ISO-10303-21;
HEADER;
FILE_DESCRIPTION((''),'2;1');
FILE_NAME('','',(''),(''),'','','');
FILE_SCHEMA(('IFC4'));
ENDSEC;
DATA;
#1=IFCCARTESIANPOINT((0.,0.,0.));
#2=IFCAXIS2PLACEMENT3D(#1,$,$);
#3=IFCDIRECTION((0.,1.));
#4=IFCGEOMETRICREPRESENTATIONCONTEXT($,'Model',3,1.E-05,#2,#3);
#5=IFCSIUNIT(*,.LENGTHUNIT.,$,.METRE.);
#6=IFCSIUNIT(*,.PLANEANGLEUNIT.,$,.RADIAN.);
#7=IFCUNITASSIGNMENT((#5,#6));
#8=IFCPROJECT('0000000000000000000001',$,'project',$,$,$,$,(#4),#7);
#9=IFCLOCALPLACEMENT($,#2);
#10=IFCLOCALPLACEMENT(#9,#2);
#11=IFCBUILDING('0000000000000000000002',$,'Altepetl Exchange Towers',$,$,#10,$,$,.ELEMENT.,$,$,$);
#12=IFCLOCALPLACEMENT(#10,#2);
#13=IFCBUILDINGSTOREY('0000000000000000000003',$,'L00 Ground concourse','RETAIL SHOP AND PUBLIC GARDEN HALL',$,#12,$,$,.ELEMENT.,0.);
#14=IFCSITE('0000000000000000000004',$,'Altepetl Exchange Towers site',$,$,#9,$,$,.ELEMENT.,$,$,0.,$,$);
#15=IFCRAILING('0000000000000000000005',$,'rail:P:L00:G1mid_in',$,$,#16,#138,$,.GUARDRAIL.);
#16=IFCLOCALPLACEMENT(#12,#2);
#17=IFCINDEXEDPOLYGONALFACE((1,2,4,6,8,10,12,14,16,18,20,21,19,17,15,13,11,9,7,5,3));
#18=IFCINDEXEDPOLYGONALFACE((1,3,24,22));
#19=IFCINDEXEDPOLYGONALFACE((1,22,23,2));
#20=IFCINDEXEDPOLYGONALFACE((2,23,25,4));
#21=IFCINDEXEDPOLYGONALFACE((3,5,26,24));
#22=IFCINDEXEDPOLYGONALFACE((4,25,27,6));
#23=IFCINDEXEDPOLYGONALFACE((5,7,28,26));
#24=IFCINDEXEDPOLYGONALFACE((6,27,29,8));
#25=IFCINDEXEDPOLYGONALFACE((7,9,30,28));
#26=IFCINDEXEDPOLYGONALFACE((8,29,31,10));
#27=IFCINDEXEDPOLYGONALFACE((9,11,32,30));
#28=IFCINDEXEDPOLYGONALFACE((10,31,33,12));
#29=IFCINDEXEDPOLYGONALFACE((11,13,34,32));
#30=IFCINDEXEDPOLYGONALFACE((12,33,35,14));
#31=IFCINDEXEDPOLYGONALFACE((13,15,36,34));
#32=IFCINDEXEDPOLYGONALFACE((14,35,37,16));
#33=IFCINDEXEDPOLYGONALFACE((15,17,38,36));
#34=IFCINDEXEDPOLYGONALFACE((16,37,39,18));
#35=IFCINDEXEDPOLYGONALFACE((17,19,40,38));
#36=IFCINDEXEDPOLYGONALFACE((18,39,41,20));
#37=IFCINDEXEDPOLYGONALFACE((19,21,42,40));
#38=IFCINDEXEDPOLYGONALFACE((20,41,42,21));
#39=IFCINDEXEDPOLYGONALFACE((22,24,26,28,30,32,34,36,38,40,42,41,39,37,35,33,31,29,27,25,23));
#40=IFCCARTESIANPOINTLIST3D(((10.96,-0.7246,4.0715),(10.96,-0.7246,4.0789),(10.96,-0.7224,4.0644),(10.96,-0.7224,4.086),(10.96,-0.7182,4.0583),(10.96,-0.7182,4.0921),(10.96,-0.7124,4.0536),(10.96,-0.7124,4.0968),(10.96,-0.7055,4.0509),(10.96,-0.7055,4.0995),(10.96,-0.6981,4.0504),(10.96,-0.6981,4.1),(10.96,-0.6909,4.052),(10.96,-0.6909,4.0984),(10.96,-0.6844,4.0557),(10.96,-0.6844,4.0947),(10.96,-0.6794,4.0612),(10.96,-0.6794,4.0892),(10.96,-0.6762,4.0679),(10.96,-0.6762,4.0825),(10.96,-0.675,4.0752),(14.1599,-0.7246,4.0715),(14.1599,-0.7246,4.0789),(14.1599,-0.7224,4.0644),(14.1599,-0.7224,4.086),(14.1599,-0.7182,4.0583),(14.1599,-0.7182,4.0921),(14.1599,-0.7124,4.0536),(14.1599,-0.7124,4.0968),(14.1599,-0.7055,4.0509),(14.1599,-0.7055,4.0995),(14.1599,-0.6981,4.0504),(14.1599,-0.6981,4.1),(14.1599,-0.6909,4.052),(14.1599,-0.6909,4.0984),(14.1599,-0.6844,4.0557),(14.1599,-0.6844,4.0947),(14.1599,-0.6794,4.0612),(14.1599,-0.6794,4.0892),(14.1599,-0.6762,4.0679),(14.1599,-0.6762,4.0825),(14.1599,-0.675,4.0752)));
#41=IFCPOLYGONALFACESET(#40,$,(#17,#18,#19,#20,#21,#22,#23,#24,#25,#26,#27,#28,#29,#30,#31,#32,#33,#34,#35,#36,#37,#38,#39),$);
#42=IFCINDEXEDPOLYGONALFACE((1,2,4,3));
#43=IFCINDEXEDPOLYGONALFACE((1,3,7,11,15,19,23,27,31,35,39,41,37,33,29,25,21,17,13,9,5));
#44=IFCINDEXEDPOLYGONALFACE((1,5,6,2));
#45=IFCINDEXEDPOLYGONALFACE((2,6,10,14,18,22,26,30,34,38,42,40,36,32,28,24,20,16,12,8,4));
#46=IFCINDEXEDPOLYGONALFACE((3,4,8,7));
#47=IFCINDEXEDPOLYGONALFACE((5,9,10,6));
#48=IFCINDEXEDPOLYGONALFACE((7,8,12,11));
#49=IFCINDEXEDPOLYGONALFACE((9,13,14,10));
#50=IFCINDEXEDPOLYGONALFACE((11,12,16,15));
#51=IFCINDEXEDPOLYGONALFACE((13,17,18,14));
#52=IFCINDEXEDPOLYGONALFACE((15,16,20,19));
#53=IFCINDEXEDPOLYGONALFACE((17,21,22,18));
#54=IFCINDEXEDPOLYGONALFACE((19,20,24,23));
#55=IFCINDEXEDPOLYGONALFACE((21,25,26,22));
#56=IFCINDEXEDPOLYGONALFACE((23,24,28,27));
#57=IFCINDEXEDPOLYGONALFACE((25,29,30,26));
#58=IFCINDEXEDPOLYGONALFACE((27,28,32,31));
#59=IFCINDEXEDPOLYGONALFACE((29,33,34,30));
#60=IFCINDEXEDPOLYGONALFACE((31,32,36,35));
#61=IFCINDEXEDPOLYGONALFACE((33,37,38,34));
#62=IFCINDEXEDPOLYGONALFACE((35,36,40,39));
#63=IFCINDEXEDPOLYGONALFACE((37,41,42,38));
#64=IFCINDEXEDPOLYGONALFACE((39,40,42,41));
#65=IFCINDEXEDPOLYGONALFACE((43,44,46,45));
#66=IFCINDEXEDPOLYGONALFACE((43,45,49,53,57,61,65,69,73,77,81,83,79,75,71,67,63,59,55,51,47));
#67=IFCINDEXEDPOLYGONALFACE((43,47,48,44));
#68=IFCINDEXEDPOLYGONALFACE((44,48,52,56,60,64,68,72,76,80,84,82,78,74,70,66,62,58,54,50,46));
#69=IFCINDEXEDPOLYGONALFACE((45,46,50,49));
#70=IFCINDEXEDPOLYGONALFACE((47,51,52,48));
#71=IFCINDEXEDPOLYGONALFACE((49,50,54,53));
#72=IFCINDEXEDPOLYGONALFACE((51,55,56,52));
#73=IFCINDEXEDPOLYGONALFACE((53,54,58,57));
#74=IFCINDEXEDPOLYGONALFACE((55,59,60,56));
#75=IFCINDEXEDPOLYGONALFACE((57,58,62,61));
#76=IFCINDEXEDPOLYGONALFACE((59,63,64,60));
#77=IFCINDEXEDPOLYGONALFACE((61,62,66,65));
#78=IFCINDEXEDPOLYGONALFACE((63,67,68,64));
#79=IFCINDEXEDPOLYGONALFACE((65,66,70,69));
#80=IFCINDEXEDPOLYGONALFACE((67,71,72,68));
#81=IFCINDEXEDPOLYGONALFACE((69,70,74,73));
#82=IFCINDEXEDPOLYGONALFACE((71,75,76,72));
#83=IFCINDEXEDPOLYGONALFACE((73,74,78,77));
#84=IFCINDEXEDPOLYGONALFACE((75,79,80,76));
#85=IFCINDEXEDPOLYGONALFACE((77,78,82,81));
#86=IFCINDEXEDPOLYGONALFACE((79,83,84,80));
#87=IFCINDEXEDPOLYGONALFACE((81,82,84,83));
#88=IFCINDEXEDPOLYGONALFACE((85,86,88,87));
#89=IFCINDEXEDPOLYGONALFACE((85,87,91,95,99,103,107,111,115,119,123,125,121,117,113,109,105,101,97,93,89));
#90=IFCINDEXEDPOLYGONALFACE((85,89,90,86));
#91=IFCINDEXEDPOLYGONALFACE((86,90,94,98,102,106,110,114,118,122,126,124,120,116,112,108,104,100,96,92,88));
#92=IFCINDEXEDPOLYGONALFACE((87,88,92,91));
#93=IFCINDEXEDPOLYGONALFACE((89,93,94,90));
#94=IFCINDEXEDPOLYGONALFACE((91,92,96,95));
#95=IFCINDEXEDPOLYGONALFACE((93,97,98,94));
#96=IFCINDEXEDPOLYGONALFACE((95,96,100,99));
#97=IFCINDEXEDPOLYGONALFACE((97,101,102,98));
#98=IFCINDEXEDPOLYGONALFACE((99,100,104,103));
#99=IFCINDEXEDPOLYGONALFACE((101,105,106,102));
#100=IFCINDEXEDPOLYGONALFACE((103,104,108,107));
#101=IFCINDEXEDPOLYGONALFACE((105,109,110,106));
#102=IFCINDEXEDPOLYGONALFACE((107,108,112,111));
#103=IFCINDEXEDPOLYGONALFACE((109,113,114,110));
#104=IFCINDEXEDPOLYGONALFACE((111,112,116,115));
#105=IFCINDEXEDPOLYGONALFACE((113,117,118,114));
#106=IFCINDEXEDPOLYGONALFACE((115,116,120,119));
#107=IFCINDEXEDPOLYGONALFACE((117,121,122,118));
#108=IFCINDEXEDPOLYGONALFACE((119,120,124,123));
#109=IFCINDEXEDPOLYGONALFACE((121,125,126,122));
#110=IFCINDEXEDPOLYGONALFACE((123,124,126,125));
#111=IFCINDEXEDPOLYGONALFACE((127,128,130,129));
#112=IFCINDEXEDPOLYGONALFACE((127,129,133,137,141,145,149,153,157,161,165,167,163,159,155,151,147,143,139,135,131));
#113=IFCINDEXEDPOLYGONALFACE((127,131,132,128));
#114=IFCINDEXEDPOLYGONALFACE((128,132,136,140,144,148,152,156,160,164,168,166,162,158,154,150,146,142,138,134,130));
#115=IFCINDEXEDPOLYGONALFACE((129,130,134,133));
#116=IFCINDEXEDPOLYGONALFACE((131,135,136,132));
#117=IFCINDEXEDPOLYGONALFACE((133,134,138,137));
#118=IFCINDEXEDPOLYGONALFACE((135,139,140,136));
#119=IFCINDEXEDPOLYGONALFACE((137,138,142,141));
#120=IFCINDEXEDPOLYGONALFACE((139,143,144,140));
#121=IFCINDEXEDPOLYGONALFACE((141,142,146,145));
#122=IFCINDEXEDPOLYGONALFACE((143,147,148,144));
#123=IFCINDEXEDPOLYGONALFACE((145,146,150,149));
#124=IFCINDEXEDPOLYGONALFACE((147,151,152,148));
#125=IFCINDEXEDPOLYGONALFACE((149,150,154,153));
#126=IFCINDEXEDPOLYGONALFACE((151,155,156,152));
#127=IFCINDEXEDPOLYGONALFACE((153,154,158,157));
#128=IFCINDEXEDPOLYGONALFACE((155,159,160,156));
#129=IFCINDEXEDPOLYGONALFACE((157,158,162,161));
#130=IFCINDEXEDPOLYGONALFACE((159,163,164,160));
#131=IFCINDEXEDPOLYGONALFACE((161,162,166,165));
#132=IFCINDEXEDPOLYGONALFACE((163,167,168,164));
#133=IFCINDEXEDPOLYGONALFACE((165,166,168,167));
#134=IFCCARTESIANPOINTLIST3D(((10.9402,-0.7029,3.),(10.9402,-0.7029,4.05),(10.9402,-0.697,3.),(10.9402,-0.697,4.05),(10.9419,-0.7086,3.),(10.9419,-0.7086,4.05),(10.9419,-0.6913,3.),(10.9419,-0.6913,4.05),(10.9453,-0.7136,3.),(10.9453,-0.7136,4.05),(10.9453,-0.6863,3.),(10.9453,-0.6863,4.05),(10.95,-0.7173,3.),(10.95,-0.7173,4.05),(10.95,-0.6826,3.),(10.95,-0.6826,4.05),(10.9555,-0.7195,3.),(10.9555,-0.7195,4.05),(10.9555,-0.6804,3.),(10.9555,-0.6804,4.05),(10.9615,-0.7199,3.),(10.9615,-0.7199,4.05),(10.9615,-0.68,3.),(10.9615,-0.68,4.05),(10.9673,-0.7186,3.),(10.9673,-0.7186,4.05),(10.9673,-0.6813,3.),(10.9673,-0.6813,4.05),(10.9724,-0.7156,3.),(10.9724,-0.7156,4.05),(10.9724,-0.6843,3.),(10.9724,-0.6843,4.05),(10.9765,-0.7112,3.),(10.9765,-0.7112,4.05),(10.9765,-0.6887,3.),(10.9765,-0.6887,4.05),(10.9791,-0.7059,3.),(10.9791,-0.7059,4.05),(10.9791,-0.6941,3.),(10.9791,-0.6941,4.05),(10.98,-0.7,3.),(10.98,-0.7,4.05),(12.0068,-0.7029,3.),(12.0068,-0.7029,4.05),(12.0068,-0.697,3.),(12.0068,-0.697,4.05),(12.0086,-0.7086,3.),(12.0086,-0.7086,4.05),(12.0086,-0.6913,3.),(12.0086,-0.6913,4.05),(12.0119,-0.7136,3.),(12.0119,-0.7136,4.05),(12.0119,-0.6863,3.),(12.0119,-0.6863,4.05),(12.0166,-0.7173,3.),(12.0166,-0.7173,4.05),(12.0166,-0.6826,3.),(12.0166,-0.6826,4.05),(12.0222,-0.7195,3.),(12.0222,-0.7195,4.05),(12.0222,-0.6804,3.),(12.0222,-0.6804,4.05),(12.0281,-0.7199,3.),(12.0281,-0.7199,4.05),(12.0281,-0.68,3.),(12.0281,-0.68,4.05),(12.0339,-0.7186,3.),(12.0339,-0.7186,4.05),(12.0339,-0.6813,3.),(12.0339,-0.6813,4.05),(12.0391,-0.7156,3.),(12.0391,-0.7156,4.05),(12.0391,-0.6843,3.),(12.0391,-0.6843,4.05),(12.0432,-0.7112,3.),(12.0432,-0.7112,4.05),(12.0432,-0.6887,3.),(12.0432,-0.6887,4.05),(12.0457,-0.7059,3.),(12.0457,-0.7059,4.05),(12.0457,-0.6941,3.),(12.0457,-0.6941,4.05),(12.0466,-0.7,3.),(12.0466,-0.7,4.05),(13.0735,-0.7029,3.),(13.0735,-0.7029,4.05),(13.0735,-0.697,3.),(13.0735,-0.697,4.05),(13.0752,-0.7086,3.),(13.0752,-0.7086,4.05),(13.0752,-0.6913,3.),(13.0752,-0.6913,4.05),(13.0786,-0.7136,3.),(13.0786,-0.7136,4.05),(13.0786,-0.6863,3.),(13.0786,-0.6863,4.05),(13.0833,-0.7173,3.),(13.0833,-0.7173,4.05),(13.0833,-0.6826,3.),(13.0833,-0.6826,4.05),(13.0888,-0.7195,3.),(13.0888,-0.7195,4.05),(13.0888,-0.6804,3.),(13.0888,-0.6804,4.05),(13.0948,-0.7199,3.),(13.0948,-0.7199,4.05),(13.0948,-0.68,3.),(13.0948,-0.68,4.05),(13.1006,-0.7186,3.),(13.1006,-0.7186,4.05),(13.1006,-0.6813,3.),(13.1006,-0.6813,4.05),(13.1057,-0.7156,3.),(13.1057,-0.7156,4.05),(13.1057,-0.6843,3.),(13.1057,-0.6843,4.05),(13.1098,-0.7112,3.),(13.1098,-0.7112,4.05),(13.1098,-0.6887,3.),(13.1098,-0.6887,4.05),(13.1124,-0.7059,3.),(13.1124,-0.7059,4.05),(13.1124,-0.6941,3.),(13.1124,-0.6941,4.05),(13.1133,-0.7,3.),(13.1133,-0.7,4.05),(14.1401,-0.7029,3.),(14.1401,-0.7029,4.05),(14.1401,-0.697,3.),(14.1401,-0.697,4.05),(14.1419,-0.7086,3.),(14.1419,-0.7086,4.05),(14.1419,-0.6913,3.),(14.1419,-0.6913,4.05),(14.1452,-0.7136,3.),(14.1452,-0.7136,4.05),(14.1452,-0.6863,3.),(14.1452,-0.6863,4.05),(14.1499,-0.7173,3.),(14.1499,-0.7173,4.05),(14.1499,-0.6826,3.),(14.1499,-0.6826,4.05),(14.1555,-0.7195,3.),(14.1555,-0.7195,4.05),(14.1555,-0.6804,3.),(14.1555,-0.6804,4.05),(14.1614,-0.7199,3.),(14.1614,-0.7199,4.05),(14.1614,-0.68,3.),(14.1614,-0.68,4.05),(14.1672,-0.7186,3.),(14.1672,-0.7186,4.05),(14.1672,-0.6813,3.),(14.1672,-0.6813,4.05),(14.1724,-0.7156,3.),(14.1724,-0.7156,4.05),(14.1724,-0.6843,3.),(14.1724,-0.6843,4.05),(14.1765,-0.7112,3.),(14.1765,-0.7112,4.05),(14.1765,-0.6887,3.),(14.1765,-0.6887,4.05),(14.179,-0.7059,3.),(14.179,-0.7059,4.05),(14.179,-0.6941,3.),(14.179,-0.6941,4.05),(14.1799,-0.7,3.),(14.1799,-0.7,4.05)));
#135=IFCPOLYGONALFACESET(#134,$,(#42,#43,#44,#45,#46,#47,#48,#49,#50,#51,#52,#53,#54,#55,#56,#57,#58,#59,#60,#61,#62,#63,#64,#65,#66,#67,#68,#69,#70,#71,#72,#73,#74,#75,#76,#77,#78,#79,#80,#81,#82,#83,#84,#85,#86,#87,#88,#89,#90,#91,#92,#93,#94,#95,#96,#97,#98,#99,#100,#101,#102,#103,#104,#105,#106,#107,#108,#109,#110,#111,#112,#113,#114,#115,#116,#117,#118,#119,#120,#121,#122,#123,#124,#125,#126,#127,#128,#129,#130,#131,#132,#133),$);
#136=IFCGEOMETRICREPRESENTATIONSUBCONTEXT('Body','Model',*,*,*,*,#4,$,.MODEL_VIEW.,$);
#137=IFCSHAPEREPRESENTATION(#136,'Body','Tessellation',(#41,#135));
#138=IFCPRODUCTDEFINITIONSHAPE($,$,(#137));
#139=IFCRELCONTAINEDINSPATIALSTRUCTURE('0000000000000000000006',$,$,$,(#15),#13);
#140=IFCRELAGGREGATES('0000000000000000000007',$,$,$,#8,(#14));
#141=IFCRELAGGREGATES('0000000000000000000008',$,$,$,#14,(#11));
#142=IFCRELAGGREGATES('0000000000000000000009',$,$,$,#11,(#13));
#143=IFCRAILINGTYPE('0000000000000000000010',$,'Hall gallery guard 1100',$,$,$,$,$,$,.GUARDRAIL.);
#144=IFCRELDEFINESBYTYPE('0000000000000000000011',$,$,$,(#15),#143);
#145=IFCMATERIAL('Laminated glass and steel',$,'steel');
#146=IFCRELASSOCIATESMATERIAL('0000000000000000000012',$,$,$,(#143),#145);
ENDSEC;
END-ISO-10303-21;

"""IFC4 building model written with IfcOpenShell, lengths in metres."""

from ifc_helpers import new_model, si_unit, direction, frame, origin, origin_2d, place, context, subcontext, project, spatial, circle, extrude, source, transform, mapped, material, type_object, element, save


model = new_model("IFC4")

# Units and contexts
model_context = context("Model", 3, precision=1e-05, world=origin(), true_north=direction((0.0, 1.0)))
body_context = subcontext(model_context, "Body", "Model", "MODEL_VIEW")
ifc_project = project(units=[si_unit("LENGTHUNIT", "METRE"), si_unit("PLANEANGLEUNIT", "RADIAN")], contexts=[model_context])

# Site, building, storey
site_placement = place(None, origin())
site = spatial("IfcSite", under=ifc_project, at=site_placement, Name="Altepetl Exchange Towers site", CompositionType="ELEMENT", RefElevation=0.0)
building_placement = place(site_placement, origin())
building = spatial("IfcBuilding", under=site, at=building_placement, Name="Altepetl Exchange Towers", CompositionType="ELEMENT")
storey_placement = place(building_placement, origin())
storey = spatial("IfcBuildingStorey", under=building, at=storey_placement, Name="L00 Ground concourse", Description="RETAIL SHOP AND PUBLIC GARDEN HALL", CompositionType="ELEMENT", Elevation=0.0)

# Railing
ifc_material_1 = material(Name="Laminated glass and steel", Category="steel")
railing_type_1 = type_object("IfcRailingType", Name="Hall gallery guard 1100", PredefinedType="GUARDRAIL", material=ifc_material_1)
shared_shape_1 = source(origin(), body_context, "Body", "SweptSolid", [
    extrude(circle(Radius=0.02, at=origin_2d()), origin(), (0.0, 0.0, 1.0), 1.05),
])
for number, where, name in (
    (1, (10.96, -0.7, 3.0), "rail:P:L00:G1mid_in"),
):
    element("IfcRailing", number, at=place(storey_placement, frame(where)), inside=storey, type_object=railing_type_1, Name=name, PredefinedType="GUARDRAIL", context=body_context, shape_type="SweptSolid", body=[
        extrude(circle(Radius=0.0249, at=origin_2d()), frame((0.0, 0.0, 1.0752), z_axis=(1.0, 0.0, 0.0), x_axis=(0.0, 1.0, 0.0)), (0.0, 0.0, 1.0), 3.2),
        mapped(shared_shape_1, transform((0.0, 0.0, 0.0))),
        mapped(shared_shape_1, transform((1.0667, 0.0, 0.0))),
        mapped(shared_shape_1, transform((2.1333, 0.0, 0.0))),
        mapped(shared_shape_1, transform((3.2, 0.0, 0.0))),
    ])

save(model, "model.ifc")
